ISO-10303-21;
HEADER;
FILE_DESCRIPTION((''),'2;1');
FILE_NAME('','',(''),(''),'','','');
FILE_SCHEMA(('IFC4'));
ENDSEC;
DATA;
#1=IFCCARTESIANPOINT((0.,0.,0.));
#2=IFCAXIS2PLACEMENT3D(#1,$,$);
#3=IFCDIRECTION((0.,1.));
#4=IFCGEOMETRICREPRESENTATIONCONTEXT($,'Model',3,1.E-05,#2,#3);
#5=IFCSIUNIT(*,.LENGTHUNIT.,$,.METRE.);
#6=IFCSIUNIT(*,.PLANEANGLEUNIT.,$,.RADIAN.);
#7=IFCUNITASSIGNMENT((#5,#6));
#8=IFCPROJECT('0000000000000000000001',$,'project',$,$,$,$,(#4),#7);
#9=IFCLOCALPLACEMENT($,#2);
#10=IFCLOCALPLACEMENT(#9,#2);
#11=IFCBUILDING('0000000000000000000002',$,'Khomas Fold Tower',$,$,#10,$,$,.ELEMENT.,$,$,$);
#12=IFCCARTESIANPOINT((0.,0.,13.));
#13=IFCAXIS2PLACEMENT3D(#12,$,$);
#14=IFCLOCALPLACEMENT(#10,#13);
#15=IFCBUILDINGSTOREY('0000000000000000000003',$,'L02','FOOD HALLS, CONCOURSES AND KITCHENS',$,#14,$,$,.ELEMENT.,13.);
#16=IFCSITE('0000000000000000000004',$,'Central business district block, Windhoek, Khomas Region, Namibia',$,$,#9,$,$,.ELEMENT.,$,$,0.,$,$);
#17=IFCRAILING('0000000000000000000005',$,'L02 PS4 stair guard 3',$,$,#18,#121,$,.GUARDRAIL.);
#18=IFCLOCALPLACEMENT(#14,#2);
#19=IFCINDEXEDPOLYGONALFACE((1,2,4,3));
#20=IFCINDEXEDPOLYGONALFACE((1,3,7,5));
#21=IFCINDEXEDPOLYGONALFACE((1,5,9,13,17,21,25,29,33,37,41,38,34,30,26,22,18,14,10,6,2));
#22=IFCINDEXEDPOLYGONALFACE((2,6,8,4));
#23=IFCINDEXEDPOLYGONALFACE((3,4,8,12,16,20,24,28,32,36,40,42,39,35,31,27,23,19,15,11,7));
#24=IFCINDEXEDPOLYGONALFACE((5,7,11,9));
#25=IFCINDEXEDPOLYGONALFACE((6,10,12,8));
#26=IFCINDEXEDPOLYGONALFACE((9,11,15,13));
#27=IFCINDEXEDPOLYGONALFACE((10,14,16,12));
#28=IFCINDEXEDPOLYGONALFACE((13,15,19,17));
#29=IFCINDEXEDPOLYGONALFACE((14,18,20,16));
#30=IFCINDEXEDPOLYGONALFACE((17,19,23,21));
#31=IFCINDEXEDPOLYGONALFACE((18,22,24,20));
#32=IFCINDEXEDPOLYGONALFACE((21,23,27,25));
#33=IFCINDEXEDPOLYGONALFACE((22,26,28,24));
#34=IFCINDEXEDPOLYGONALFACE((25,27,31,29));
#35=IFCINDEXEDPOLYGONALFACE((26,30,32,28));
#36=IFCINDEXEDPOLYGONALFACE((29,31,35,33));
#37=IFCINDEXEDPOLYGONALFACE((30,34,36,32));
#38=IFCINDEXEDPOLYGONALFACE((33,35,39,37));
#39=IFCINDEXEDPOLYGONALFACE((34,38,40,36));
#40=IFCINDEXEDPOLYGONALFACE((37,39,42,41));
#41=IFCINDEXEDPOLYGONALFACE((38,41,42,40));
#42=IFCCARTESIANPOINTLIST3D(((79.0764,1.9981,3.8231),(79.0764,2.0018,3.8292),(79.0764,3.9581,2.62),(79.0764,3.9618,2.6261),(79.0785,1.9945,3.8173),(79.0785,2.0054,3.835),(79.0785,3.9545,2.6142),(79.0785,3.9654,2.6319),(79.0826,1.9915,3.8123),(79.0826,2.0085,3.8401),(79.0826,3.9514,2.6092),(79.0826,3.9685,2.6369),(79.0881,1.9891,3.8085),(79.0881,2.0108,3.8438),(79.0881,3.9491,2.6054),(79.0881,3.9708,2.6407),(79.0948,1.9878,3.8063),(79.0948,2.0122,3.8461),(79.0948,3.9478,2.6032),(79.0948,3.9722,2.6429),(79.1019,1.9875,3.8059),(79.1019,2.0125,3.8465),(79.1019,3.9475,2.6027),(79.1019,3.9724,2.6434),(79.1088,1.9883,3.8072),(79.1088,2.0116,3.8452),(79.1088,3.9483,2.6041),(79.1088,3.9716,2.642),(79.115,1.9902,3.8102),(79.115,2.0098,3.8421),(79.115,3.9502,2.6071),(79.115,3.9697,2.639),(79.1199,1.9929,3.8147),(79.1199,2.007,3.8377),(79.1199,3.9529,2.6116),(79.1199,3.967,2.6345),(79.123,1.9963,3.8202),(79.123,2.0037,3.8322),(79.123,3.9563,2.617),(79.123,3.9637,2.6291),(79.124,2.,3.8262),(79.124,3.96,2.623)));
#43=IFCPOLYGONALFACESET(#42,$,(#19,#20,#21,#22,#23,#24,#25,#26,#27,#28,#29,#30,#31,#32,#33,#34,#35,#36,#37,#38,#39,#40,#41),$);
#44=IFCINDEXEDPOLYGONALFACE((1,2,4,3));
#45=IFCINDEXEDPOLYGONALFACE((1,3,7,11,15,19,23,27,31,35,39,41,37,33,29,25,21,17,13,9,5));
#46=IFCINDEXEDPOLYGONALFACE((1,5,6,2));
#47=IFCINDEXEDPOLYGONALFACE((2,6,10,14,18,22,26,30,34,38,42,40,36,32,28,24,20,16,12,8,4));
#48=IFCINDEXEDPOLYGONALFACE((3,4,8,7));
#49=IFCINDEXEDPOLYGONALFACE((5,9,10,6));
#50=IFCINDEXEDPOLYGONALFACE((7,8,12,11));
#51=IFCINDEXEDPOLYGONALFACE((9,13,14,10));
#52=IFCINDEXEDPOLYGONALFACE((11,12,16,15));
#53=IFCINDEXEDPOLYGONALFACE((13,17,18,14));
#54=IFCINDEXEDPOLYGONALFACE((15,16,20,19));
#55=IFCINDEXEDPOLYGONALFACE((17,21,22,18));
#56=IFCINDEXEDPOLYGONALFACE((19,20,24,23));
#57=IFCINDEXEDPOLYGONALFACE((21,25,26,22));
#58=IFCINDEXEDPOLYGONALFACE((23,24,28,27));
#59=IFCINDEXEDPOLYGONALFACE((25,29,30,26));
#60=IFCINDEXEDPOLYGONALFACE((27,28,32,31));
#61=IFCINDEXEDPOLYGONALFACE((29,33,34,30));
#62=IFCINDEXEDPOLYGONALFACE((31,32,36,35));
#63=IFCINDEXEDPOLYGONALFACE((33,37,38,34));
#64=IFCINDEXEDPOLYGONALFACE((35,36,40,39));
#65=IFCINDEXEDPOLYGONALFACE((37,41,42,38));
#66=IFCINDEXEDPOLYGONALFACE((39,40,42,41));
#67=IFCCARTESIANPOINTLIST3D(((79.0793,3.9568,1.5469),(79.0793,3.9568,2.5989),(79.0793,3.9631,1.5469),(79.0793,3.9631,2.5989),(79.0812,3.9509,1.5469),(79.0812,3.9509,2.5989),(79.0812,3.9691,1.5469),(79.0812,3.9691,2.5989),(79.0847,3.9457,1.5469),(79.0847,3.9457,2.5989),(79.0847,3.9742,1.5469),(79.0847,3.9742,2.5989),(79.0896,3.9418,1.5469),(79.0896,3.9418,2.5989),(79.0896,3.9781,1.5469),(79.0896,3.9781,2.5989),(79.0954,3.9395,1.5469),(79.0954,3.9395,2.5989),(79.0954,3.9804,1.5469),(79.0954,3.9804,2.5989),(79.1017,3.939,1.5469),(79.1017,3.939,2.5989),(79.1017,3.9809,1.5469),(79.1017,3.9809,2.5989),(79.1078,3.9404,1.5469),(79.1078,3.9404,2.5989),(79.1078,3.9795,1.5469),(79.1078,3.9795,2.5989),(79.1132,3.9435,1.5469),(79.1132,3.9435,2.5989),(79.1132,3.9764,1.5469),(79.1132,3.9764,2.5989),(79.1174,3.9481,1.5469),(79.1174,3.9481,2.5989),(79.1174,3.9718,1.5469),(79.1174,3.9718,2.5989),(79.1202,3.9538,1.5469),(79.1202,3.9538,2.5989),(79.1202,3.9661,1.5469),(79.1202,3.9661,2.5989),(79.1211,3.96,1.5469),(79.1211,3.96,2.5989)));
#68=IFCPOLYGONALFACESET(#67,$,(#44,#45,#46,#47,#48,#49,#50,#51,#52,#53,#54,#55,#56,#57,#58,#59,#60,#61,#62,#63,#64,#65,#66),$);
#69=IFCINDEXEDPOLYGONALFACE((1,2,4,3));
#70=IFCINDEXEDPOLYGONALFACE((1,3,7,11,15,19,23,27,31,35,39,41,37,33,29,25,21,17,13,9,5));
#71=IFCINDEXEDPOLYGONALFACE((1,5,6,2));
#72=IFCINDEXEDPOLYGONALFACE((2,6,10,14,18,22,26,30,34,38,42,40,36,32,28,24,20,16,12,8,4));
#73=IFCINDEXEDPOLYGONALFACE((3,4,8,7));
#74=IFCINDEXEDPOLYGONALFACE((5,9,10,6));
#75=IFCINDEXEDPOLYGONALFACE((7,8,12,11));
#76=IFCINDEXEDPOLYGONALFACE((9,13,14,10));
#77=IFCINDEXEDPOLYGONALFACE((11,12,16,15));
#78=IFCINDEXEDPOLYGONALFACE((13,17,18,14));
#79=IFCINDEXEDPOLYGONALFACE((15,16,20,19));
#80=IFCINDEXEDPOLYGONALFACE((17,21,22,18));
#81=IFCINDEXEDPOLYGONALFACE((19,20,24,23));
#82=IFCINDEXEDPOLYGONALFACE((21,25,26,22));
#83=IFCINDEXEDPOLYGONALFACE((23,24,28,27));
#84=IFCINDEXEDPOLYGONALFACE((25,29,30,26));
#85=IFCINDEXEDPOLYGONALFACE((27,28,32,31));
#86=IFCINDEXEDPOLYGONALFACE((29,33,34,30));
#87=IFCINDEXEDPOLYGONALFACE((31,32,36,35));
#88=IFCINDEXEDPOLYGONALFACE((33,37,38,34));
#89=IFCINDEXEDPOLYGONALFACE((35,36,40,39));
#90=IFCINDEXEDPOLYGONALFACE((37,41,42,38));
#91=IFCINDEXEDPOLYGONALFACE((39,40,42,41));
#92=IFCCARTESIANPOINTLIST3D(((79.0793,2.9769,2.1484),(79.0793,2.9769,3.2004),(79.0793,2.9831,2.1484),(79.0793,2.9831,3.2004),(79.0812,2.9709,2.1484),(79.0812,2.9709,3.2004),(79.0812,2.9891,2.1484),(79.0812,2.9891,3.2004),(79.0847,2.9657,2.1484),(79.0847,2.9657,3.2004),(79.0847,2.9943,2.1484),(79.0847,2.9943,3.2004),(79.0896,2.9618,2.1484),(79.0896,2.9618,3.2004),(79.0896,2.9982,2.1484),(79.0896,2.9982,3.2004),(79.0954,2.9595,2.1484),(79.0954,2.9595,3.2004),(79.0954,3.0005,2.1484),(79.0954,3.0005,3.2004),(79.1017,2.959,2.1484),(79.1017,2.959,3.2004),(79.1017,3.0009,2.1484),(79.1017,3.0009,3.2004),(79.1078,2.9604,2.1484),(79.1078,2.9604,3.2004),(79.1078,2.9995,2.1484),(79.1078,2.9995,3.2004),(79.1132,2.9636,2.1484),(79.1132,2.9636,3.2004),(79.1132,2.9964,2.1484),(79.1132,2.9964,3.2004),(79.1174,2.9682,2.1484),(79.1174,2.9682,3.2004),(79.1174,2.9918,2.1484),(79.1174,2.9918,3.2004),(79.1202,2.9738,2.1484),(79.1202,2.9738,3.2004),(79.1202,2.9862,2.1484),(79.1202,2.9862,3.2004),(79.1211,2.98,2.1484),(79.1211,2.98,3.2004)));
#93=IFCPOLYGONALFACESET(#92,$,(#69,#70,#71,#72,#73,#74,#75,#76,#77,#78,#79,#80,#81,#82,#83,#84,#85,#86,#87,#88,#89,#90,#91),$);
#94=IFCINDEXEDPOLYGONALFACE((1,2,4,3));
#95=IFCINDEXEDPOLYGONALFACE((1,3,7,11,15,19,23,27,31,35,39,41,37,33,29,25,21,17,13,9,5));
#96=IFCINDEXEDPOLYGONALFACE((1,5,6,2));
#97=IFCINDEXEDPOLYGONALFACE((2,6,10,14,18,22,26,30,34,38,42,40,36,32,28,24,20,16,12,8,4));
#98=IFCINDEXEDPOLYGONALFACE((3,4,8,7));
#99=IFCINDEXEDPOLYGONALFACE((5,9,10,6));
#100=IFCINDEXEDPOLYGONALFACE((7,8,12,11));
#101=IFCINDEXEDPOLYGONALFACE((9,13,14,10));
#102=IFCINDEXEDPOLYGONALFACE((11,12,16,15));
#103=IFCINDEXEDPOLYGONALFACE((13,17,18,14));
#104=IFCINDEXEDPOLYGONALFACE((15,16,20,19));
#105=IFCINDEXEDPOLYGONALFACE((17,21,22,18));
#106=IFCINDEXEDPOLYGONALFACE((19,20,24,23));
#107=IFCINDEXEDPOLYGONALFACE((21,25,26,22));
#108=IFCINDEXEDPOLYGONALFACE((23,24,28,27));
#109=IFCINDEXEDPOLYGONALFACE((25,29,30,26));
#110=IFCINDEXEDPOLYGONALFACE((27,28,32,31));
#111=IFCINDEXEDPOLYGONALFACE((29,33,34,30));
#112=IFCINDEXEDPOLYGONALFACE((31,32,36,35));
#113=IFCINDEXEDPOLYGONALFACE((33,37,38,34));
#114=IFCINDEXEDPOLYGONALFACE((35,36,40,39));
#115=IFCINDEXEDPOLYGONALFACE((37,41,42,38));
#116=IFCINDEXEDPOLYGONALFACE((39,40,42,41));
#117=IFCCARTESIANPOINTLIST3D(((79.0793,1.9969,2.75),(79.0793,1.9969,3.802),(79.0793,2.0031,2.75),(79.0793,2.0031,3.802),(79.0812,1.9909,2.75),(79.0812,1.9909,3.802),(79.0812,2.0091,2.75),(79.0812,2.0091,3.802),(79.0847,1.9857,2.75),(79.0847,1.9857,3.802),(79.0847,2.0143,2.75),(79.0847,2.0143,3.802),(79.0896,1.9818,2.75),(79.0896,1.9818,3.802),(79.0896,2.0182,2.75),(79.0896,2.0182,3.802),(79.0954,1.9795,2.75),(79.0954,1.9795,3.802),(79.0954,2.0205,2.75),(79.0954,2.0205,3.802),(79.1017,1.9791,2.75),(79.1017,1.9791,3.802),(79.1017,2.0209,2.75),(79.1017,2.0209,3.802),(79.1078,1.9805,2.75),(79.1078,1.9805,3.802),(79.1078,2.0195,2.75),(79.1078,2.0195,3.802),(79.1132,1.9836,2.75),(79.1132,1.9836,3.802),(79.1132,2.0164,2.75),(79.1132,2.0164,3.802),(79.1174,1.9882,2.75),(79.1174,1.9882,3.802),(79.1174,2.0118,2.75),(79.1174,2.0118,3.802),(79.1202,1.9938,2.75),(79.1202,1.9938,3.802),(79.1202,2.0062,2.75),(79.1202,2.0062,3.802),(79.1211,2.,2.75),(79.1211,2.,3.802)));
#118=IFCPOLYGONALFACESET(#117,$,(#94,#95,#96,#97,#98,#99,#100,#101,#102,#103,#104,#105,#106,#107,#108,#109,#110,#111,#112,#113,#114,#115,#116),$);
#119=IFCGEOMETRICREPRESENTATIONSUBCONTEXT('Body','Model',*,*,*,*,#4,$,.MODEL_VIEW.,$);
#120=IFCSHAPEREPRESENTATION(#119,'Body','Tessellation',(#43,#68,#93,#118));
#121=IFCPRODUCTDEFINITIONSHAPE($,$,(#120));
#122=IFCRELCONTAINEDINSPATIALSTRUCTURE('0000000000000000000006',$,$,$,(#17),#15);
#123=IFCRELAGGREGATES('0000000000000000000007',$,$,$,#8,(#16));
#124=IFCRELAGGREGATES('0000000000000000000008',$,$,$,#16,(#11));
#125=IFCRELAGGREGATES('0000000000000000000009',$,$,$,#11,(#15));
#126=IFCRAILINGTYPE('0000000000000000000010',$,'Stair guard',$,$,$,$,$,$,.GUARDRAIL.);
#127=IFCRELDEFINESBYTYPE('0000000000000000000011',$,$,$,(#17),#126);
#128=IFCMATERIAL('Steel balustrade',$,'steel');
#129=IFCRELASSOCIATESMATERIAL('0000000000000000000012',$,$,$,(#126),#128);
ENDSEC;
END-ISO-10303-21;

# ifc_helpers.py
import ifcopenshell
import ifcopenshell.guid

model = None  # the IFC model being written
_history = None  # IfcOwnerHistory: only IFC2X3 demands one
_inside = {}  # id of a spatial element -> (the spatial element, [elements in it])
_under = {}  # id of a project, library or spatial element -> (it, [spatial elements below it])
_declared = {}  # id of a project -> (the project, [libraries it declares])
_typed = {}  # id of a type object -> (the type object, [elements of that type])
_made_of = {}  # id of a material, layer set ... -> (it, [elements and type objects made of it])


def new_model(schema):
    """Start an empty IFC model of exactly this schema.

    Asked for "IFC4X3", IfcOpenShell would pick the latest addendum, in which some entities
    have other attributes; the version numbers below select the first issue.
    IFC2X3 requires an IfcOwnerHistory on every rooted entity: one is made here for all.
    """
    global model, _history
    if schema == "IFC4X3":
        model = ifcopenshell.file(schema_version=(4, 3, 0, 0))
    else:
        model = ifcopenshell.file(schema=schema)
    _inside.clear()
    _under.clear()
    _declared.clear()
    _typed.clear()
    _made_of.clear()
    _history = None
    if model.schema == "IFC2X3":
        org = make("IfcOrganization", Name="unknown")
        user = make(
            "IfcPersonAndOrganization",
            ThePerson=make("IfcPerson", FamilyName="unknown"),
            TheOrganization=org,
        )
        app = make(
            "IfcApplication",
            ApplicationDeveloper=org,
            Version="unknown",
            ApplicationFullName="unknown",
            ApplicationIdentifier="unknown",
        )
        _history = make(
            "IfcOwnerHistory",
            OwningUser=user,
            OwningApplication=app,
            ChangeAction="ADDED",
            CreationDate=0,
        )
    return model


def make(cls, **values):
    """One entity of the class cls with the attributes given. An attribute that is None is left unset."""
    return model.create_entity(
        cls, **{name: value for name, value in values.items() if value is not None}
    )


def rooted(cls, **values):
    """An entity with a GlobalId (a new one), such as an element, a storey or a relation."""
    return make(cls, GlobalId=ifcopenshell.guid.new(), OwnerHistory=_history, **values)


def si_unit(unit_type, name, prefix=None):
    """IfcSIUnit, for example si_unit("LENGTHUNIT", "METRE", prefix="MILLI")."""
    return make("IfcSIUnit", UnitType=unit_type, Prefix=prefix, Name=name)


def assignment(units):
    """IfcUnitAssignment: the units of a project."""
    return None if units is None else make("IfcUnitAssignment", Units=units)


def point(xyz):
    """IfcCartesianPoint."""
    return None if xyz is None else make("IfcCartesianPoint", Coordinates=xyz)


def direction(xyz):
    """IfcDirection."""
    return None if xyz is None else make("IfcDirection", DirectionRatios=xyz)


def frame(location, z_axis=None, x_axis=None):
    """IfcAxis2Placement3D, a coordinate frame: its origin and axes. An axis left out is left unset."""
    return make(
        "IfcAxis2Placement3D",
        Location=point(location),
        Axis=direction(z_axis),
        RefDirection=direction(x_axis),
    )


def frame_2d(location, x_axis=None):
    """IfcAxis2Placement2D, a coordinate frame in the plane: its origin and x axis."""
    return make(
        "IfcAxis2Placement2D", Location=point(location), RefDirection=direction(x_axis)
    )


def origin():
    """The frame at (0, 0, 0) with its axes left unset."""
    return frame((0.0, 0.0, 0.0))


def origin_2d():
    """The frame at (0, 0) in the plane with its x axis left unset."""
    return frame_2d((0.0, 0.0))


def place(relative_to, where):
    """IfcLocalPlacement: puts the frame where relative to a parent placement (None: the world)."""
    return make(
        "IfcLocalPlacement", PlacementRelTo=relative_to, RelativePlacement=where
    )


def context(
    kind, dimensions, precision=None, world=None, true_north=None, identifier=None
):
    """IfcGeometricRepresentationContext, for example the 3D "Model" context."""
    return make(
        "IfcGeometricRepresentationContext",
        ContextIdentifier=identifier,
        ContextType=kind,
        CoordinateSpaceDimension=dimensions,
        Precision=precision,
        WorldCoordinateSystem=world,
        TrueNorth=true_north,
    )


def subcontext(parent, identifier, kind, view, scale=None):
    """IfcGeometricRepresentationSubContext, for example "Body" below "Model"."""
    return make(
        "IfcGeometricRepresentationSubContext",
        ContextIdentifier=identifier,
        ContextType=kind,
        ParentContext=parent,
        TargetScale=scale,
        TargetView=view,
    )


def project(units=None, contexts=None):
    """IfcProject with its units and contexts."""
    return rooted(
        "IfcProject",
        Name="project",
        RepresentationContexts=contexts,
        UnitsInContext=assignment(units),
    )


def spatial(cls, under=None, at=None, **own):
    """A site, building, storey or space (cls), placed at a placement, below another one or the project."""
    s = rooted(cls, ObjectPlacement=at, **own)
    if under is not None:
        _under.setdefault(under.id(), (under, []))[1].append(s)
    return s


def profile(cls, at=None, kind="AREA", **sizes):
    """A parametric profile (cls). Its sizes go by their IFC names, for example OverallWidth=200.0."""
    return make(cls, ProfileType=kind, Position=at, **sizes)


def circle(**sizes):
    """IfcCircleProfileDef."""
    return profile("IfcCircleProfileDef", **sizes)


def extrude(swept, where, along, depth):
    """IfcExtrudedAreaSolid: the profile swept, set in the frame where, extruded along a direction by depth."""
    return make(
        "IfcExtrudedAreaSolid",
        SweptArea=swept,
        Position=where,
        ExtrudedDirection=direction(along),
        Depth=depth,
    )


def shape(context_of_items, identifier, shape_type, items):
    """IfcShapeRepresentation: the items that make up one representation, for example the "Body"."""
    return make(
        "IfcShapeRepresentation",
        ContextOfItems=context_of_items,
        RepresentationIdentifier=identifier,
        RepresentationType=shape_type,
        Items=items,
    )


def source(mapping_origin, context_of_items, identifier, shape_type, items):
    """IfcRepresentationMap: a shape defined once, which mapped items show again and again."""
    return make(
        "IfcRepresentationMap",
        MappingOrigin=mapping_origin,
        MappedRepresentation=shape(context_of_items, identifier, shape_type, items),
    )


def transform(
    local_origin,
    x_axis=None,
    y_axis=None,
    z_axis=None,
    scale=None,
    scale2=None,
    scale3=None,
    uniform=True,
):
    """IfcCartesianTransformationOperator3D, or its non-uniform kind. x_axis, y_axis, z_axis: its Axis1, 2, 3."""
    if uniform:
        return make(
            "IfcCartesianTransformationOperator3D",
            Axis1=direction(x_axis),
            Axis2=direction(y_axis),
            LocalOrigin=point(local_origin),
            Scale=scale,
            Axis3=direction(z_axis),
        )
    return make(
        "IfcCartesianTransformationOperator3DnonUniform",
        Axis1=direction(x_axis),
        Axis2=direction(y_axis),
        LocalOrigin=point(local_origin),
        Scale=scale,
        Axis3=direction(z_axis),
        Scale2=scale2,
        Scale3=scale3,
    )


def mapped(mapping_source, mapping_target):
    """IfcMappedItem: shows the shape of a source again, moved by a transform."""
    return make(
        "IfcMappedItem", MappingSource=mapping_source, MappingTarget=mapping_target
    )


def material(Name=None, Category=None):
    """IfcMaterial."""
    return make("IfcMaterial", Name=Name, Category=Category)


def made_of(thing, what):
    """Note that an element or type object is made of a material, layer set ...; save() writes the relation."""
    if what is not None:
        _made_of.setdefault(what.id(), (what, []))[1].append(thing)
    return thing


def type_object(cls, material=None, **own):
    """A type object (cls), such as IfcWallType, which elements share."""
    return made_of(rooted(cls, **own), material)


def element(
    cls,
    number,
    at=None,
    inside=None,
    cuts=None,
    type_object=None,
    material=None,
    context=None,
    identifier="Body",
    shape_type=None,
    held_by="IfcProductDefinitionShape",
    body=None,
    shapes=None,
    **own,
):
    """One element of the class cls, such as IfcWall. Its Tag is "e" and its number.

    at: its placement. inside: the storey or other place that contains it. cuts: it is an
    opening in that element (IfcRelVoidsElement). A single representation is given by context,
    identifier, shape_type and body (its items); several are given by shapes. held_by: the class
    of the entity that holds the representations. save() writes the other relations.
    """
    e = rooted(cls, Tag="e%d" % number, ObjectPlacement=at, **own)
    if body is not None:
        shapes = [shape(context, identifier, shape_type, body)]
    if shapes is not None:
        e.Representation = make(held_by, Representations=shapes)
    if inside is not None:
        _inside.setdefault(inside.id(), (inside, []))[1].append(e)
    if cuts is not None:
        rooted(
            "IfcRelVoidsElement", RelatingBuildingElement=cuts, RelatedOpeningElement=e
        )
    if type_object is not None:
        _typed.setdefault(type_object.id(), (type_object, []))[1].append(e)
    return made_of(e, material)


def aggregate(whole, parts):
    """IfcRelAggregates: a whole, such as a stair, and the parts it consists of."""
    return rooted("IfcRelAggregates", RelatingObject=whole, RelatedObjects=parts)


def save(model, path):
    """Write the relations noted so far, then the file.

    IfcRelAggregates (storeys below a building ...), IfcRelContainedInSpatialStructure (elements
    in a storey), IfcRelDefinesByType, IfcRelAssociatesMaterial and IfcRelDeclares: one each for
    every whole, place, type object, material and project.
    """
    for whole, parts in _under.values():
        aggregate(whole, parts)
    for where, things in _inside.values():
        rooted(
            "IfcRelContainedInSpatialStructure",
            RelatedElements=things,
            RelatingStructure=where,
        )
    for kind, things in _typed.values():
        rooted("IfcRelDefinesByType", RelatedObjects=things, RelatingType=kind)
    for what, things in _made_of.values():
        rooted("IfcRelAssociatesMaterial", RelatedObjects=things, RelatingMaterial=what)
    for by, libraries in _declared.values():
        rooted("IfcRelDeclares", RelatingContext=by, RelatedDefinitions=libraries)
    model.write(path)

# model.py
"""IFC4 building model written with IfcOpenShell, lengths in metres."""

from ifc_helpers import new_model, si_unit, direction, frame, origin, origin_2d, place, context, subcontext, project, spatial, circle, extrude, source, transform, mapped, material, type_object, element, save


model = new_model("IFC4")

# Units and contexts
model_context = context("Model", 3, precision=1e-05, world=origin(), true_north=direction((0.0, 1.0)))
body_context = subcontext(model_context, "Body", "Model", "MODEL_VIEW")
ifc_project = project(units=[si_unit("LENGTHUNIT", "METRE"), si_unit("PLANEANGLEUNIT", "RADIAN")], contexts=[model_context])

# Site, building, storey
site_placement = place(None, origin())
site = spatial("IfcSite", under=ifc_project, at=site_placement, Name="Central business district block, Windhoek, Khomas Region, Namibia", CompositionType="ELEMENT", RefElevation=0.0)
building_placement = place(site_placement, origin())
building = spatial("IfcBuilding", under=site, at=building_placement, Name="Khomas Fold Tower", CompositionType="ELEMENT")
storey_placement = place(building_placement, frame((0.0, 0.0, 13.0)))
storey = spatial("IfcBuildingStorey", under=building, at=storey_placement, Name="L02", Description="FOOD HALLS, CONCOURSES AND KITCHENS", CompositionType="ELEMENT", Elevation=13.0)

# Railing
ifc_material_1 = material(Name="Steel balustrade", Category="steel")
railing_type_1 = type_object("IfcRailingType", Name="Stair guard", PredefinedType="GUARDRAIL", material=ifc_material_1)
shared_shape_1 = source(origin(), body_context, "Body", "SweptSolid", [
    extrude(circle(Radius=0.0239, at=origin_2d()), frame((0.0, 0.0, 1.0762), z_axis=(0.0, -0.852241, 0.523149), x_axis=(1.0, 0.0, 0.0)), (0.0, 0.0, 1.0), 2.2998),
    extrude(circle(Radius=0.021, at=origin_2d()), origin(), (0.0, 0.0, 1.0), 1.052),
    extrude(circle(Radius=0.021, at=origin_2d()), frame((0.0, -0.98, 0.6016)), (0.0, 0.0, 1.0), 1.052),
    extrude(circle(Radius=0.021, at=origin_2d()), frame((0.0, -1.96, 1.2031)), (0.0, 0.0, 1.0), 1.052),
])
for number, where, name in (
    (1, (79.1001, 3.96, 1.5469), "L02 PS4 stair guard 3"),
):
    element("IfcRailing", number, at=place(storey_placement, frame(where)), inside=storey, type_object=railing_type_1, Name=name, PredefinedType="GUARDRAIL", context=body_context, shape_type="MappedRepresentation", body=[
        mapped(shared_shape_1, transform((0.0, 0.0, 0.0))),
    ])

save(model, "model.ifc")
